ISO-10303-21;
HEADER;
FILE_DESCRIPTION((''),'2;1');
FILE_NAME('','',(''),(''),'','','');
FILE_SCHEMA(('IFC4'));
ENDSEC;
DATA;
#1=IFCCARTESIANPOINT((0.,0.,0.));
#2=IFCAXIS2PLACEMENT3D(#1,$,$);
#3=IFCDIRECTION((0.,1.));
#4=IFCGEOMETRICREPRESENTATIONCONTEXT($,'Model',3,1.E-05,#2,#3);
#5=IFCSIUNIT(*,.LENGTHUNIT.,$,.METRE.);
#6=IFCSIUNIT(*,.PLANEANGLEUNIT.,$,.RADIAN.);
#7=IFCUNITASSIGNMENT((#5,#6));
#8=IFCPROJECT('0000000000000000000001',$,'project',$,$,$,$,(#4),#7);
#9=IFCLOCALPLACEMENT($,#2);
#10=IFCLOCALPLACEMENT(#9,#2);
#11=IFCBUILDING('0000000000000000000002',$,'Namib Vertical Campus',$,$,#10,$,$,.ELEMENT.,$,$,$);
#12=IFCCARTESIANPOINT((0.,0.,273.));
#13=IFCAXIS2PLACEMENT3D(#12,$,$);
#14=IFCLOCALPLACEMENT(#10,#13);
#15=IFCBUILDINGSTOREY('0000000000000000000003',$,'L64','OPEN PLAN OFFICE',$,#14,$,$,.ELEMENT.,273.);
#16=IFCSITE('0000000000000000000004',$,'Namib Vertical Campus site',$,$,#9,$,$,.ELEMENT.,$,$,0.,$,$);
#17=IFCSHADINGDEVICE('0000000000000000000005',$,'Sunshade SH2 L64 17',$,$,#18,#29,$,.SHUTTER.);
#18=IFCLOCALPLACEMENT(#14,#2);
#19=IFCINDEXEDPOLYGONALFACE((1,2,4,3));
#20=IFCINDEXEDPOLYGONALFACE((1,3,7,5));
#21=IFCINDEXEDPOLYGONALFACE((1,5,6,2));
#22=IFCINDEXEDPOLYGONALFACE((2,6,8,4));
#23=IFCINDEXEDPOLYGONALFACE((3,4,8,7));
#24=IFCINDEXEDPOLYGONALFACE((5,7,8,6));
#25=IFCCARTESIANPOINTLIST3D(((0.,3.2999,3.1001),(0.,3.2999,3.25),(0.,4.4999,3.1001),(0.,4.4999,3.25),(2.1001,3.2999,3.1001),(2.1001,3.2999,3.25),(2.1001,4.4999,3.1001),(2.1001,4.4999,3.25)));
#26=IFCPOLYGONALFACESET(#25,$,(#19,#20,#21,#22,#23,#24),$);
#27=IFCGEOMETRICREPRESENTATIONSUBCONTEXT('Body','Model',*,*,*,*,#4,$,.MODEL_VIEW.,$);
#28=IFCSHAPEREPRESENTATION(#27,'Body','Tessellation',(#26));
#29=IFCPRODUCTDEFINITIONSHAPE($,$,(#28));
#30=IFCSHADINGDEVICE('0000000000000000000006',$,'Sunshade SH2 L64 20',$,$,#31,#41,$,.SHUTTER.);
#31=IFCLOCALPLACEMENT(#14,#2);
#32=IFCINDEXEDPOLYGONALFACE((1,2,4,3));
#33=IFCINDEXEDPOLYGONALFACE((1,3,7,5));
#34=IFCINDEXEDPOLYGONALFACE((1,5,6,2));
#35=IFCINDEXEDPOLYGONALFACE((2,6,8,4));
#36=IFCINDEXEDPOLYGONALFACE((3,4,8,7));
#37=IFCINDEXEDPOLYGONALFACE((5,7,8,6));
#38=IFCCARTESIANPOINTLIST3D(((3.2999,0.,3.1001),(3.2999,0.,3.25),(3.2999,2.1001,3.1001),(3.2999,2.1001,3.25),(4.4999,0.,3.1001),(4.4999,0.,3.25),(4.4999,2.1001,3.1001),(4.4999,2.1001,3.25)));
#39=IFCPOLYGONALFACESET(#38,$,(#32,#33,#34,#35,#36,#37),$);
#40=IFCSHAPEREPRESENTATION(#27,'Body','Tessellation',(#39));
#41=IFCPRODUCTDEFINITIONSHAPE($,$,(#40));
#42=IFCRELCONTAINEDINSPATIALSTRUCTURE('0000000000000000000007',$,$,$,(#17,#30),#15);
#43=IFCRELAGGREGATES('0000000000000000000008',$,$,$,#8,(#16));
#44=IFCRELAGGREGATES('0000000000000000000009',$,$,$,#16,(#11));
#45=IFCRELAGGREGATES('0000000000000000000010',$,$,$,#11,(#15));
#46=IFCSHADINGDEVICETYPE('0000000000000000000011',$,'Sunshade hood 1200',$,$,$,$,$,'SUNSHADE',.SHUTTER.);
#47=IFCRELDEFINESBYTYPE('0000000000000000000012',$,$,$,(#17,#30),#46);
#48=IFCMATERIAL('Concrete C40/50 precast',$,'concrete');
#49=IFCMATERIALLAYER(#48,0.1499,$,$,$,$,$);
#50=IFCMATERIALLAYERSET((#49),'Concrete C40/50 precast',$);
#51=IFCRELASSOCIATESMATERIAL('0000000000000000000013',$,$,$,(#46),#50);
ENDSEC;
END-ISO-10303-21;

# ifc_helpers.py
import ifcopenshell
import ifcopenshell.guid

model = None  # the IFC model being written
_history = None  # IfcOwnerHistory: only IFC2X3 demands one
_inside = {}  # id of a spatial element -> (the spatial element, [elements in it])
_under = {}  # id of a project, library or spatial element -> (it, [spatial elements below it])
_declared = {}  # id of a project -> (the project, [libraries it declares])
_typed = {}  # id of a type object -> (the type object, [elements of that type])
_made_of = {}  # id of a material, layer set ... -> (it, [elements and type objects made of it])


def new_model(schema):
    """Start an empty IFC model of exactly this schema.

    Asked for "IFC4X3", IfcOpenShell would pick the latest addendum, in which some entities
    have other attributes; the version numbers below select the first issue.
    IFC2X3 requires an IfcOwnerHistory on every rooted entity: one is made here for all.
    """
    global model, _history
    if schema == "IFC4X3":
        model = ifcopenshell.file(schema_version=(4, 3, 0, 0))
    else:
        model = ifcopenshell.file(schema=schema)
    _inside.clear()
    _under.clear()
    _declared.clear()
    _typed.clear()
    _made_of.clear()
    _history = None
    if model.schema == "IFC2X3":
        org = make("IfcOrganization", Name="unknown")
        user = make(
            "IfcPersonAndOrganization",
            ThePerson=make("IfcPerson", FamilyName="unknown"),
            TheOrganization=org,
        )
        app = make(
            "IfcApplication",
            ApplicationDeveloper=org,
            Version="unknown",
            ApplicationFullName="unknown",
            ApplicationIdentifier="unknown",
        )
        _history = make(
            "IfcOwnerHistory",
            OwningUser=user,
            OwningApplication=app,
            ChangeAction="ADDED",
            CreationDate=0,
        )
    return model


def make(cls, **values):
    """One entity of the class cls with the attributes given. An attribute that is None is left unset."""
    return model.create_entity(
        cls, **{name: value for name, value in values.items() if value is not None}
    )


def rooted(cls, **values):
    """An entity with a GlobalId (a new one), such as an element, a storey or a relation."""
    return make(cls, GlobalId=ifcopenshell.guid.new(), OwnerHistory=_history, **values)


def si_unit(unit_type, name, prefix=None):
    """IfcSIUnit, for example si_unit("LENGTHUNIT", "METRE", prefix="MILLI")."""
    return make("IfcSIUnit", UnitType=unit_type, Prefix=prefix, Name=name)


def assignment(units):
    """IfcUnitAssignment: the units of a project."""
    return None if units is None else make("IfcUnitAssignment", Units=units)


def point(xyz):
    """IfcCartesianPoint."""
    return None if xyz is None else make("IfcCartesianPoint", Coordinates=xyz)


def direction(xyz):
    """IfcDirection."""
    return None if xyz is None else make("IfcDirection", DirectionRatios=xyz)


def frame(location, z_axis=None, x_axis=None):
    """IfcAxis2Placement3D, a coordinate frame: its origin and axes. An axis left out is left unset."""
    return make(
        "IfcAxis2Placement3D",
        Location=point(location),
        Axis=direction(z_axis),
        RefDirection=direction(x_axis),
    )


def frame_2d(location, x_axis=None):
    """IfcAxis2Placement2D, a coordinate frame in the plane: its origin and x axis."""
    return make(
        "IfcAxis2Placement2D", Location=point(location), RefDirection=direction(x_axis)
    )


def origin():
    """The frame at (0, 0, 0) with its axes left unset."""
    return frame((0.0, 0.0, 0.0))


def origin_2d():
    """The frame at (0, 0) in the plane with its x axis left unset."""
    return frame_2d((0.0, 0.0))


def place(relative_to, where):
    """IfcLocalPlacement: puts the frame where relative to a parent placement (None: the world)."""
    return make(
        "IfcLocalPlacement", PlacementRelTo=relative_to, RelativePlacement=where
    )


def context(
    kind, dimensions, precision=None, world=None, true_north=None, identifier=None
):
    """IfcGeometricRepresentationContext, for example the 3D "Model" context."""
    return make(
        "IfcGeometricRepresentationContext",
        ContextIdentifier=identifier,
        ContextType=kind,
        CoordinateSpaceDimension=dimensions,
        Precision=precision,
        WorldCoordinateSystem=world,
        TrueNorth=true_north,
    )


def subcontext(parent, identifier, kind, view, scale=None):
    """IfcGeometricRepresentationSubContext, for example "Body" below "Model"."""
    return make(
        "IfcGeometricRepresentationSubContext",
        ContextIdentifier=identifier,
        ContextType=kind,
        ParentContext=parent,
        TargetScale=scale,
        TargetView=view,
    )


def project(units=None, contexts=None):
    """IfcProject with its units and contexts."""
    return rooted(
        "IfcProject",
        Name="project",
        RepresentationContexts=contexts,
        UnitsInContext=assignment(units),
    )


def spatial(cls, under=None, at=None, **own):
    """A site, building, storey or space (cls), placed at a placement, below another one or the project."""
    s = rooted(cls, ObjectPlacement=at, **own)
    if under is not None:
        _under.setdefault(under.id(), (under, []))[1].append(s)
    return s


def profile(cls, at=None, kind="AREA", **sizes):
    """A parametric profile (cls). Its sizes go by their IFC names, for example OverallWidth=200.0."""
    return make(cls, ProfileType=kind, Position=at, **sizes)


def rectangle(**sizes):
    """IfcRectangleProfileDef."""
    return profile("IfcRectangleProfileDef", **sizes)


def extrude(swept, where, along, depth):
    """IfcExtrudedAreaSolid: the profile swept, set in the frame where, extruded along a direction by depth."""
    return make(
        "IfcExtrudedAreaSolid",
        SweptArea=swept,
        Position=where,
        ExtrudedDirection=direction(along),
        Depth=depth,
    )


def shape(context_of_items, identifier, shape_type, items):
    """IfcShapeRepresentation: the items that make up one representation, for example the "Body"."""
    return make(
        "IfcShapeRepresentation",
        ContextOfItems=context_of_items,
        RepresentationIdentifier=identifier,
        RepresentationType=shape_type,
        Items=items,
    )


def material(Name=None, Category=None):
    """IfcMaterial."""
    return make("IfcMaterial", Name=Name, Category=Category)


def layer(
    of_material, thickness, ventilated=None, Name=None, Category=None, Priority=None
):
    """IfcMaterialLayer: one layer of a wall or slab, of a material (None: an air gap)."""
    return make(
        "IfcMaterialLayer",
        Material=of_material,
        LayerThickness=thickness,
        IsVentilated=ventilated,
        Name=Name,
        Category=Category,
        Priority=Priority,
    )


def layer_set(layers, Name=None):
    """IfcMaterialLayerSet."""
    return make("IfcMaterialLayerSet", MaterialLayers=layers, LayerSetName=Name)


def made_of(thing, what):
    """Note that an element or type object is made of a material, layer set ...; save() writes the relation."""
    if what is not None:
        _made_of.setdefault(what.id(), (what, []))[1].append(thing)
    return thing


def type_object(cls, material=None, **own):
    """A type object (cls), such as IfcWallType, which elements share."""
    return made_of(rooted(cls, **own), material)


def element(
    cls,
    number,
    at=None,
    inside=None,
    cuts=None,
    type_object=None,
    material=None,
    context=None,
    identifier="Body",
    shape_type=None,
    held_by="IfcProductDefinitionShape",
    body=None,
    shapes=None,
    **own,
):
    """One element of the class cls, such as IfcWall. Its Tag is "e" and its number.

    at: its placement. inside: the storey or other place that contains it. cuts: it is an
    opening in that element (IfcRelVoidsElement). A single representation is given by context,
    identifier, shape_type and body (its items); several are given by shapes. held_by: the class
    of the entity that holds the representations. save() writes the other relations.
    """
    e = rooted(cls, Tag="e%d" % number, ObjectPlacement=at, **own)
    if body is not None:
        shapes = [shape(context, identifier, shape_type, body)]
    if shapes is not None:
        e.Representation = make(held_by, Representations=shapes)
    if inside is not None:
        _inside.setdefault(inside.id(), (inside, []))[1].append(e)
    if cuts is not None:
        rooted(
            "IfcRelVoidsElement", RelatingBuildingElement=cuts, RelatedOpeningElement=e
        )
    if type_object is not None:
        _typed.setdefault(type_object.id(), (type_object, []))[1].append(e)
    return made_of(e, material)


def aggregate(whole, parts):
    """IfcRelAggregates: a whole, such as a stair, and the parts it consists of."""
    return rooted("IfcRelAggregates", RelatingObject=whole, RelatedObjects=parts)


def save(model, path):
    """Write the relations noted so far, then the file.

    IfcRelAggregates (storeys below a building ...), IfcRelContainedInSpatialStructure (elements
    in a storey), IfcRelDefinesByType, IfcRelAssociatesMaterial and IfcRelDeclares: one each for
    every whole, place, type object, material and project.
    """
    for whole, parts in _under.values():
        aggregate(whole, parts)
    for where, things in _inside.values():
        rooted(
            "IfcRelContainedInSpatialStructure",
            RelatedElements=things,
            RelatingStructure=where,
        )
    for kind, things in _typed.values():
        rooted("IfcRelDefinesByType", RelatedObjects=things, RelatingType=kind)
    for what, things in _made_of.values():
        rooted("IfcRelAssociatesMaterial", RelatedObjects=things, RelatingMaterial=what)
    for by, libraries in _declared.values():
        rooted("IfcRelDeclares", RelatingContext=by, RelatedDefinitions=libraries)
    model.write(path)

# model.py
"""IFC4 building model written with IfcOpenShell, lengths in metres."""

from ifc_helpers import new_model, si_unit, direction, frame, origin, origin_2d, place, context, subcontext, project, spatial, rectangle, extrude, material, layer, layer_set, type_object, element, save


model = new_model("IFC4")

# Units and contexts
model_context = context("Model", 3, precision=1e-05, world=origin(), true_north=direction((0.0, 1.0)))
body_context = subcontext(model_context, "Body", "Model", "MODEL_VIEW")
ifc_project = project(units=[si_unit("LENGTHUNIT", "METRE"), si_unit("PLANEANGLEUNIT", "RADIAN")], contexts=[model_context])

# Site, building, storey
site_placement = place(None, origin())
site = spatial("IfcSite", under=ifc_project, at=site_placement, Name="Namib Vertical Campus site", CompositionType="ELEMENT", RefElevation=0.0)
building_placement = place(site_placement, origin())
building = spatial("IfcBuilding", under=site, at=building_placement, Name="Namib Vertical Campus", CompositionType="ELEMENT")
storey_placement = place(building_placement, frame((0.0, 0.0, 273.0)))
storey = spatial("IfcBuildingStorey", under=building, at=storey_placement, Name="L64", Description="OPEN PLAN OFFICE", CompositionType="ELEMENT", Elevation=273.0)

# Shading devices
ifc_material_1 = material(Name="Concrete C40/50 precast", Category="concrete")
ifc_layer_1 = layer(ifc_material_1, 0.1499)
ifc_layer_set_1 = layer_set([ifc_layer_1], Name="Concrete C40/50 precast")
shading_device_type = type_object("IfcShadingDeviceType", Name="Sunshade hood 1200", ElementType="SUNSHADE", PredefinedType="SHUTTER", material=ifc_layer_set_1)
for number, where, z_axis, x_axis, name in (
    (1, (1.05, 3.8999, 3.1001), (0.0, 0.0, 1.0), (1.0, 0.0, 0.0), "Sunshade SH2 L64 17"),
    (2, (3.8999, 1.05, 3.1001), (0.0, 0.0, 1.0), (0.0, -1.0, 0.0), "Sunshade SH2 L64 20"),
):
    element("IfcShadingDevice", number, at=place(storey_placement, frame(where, z_axis=z_axis, x_axis=x_axis)), inside=storey, type_object=shading_device_type, Name=name, PredefinedType="SHUTTER", context=body_context, shape_type="SweptSolid", body=[
        extrude(rectangle(XDim=2.1001, YDim=1.2, at=origin_2d()), origin(), (0.0, 0.0, 1.0), 0.1499),
    ])

save(model, "model.ifc")
